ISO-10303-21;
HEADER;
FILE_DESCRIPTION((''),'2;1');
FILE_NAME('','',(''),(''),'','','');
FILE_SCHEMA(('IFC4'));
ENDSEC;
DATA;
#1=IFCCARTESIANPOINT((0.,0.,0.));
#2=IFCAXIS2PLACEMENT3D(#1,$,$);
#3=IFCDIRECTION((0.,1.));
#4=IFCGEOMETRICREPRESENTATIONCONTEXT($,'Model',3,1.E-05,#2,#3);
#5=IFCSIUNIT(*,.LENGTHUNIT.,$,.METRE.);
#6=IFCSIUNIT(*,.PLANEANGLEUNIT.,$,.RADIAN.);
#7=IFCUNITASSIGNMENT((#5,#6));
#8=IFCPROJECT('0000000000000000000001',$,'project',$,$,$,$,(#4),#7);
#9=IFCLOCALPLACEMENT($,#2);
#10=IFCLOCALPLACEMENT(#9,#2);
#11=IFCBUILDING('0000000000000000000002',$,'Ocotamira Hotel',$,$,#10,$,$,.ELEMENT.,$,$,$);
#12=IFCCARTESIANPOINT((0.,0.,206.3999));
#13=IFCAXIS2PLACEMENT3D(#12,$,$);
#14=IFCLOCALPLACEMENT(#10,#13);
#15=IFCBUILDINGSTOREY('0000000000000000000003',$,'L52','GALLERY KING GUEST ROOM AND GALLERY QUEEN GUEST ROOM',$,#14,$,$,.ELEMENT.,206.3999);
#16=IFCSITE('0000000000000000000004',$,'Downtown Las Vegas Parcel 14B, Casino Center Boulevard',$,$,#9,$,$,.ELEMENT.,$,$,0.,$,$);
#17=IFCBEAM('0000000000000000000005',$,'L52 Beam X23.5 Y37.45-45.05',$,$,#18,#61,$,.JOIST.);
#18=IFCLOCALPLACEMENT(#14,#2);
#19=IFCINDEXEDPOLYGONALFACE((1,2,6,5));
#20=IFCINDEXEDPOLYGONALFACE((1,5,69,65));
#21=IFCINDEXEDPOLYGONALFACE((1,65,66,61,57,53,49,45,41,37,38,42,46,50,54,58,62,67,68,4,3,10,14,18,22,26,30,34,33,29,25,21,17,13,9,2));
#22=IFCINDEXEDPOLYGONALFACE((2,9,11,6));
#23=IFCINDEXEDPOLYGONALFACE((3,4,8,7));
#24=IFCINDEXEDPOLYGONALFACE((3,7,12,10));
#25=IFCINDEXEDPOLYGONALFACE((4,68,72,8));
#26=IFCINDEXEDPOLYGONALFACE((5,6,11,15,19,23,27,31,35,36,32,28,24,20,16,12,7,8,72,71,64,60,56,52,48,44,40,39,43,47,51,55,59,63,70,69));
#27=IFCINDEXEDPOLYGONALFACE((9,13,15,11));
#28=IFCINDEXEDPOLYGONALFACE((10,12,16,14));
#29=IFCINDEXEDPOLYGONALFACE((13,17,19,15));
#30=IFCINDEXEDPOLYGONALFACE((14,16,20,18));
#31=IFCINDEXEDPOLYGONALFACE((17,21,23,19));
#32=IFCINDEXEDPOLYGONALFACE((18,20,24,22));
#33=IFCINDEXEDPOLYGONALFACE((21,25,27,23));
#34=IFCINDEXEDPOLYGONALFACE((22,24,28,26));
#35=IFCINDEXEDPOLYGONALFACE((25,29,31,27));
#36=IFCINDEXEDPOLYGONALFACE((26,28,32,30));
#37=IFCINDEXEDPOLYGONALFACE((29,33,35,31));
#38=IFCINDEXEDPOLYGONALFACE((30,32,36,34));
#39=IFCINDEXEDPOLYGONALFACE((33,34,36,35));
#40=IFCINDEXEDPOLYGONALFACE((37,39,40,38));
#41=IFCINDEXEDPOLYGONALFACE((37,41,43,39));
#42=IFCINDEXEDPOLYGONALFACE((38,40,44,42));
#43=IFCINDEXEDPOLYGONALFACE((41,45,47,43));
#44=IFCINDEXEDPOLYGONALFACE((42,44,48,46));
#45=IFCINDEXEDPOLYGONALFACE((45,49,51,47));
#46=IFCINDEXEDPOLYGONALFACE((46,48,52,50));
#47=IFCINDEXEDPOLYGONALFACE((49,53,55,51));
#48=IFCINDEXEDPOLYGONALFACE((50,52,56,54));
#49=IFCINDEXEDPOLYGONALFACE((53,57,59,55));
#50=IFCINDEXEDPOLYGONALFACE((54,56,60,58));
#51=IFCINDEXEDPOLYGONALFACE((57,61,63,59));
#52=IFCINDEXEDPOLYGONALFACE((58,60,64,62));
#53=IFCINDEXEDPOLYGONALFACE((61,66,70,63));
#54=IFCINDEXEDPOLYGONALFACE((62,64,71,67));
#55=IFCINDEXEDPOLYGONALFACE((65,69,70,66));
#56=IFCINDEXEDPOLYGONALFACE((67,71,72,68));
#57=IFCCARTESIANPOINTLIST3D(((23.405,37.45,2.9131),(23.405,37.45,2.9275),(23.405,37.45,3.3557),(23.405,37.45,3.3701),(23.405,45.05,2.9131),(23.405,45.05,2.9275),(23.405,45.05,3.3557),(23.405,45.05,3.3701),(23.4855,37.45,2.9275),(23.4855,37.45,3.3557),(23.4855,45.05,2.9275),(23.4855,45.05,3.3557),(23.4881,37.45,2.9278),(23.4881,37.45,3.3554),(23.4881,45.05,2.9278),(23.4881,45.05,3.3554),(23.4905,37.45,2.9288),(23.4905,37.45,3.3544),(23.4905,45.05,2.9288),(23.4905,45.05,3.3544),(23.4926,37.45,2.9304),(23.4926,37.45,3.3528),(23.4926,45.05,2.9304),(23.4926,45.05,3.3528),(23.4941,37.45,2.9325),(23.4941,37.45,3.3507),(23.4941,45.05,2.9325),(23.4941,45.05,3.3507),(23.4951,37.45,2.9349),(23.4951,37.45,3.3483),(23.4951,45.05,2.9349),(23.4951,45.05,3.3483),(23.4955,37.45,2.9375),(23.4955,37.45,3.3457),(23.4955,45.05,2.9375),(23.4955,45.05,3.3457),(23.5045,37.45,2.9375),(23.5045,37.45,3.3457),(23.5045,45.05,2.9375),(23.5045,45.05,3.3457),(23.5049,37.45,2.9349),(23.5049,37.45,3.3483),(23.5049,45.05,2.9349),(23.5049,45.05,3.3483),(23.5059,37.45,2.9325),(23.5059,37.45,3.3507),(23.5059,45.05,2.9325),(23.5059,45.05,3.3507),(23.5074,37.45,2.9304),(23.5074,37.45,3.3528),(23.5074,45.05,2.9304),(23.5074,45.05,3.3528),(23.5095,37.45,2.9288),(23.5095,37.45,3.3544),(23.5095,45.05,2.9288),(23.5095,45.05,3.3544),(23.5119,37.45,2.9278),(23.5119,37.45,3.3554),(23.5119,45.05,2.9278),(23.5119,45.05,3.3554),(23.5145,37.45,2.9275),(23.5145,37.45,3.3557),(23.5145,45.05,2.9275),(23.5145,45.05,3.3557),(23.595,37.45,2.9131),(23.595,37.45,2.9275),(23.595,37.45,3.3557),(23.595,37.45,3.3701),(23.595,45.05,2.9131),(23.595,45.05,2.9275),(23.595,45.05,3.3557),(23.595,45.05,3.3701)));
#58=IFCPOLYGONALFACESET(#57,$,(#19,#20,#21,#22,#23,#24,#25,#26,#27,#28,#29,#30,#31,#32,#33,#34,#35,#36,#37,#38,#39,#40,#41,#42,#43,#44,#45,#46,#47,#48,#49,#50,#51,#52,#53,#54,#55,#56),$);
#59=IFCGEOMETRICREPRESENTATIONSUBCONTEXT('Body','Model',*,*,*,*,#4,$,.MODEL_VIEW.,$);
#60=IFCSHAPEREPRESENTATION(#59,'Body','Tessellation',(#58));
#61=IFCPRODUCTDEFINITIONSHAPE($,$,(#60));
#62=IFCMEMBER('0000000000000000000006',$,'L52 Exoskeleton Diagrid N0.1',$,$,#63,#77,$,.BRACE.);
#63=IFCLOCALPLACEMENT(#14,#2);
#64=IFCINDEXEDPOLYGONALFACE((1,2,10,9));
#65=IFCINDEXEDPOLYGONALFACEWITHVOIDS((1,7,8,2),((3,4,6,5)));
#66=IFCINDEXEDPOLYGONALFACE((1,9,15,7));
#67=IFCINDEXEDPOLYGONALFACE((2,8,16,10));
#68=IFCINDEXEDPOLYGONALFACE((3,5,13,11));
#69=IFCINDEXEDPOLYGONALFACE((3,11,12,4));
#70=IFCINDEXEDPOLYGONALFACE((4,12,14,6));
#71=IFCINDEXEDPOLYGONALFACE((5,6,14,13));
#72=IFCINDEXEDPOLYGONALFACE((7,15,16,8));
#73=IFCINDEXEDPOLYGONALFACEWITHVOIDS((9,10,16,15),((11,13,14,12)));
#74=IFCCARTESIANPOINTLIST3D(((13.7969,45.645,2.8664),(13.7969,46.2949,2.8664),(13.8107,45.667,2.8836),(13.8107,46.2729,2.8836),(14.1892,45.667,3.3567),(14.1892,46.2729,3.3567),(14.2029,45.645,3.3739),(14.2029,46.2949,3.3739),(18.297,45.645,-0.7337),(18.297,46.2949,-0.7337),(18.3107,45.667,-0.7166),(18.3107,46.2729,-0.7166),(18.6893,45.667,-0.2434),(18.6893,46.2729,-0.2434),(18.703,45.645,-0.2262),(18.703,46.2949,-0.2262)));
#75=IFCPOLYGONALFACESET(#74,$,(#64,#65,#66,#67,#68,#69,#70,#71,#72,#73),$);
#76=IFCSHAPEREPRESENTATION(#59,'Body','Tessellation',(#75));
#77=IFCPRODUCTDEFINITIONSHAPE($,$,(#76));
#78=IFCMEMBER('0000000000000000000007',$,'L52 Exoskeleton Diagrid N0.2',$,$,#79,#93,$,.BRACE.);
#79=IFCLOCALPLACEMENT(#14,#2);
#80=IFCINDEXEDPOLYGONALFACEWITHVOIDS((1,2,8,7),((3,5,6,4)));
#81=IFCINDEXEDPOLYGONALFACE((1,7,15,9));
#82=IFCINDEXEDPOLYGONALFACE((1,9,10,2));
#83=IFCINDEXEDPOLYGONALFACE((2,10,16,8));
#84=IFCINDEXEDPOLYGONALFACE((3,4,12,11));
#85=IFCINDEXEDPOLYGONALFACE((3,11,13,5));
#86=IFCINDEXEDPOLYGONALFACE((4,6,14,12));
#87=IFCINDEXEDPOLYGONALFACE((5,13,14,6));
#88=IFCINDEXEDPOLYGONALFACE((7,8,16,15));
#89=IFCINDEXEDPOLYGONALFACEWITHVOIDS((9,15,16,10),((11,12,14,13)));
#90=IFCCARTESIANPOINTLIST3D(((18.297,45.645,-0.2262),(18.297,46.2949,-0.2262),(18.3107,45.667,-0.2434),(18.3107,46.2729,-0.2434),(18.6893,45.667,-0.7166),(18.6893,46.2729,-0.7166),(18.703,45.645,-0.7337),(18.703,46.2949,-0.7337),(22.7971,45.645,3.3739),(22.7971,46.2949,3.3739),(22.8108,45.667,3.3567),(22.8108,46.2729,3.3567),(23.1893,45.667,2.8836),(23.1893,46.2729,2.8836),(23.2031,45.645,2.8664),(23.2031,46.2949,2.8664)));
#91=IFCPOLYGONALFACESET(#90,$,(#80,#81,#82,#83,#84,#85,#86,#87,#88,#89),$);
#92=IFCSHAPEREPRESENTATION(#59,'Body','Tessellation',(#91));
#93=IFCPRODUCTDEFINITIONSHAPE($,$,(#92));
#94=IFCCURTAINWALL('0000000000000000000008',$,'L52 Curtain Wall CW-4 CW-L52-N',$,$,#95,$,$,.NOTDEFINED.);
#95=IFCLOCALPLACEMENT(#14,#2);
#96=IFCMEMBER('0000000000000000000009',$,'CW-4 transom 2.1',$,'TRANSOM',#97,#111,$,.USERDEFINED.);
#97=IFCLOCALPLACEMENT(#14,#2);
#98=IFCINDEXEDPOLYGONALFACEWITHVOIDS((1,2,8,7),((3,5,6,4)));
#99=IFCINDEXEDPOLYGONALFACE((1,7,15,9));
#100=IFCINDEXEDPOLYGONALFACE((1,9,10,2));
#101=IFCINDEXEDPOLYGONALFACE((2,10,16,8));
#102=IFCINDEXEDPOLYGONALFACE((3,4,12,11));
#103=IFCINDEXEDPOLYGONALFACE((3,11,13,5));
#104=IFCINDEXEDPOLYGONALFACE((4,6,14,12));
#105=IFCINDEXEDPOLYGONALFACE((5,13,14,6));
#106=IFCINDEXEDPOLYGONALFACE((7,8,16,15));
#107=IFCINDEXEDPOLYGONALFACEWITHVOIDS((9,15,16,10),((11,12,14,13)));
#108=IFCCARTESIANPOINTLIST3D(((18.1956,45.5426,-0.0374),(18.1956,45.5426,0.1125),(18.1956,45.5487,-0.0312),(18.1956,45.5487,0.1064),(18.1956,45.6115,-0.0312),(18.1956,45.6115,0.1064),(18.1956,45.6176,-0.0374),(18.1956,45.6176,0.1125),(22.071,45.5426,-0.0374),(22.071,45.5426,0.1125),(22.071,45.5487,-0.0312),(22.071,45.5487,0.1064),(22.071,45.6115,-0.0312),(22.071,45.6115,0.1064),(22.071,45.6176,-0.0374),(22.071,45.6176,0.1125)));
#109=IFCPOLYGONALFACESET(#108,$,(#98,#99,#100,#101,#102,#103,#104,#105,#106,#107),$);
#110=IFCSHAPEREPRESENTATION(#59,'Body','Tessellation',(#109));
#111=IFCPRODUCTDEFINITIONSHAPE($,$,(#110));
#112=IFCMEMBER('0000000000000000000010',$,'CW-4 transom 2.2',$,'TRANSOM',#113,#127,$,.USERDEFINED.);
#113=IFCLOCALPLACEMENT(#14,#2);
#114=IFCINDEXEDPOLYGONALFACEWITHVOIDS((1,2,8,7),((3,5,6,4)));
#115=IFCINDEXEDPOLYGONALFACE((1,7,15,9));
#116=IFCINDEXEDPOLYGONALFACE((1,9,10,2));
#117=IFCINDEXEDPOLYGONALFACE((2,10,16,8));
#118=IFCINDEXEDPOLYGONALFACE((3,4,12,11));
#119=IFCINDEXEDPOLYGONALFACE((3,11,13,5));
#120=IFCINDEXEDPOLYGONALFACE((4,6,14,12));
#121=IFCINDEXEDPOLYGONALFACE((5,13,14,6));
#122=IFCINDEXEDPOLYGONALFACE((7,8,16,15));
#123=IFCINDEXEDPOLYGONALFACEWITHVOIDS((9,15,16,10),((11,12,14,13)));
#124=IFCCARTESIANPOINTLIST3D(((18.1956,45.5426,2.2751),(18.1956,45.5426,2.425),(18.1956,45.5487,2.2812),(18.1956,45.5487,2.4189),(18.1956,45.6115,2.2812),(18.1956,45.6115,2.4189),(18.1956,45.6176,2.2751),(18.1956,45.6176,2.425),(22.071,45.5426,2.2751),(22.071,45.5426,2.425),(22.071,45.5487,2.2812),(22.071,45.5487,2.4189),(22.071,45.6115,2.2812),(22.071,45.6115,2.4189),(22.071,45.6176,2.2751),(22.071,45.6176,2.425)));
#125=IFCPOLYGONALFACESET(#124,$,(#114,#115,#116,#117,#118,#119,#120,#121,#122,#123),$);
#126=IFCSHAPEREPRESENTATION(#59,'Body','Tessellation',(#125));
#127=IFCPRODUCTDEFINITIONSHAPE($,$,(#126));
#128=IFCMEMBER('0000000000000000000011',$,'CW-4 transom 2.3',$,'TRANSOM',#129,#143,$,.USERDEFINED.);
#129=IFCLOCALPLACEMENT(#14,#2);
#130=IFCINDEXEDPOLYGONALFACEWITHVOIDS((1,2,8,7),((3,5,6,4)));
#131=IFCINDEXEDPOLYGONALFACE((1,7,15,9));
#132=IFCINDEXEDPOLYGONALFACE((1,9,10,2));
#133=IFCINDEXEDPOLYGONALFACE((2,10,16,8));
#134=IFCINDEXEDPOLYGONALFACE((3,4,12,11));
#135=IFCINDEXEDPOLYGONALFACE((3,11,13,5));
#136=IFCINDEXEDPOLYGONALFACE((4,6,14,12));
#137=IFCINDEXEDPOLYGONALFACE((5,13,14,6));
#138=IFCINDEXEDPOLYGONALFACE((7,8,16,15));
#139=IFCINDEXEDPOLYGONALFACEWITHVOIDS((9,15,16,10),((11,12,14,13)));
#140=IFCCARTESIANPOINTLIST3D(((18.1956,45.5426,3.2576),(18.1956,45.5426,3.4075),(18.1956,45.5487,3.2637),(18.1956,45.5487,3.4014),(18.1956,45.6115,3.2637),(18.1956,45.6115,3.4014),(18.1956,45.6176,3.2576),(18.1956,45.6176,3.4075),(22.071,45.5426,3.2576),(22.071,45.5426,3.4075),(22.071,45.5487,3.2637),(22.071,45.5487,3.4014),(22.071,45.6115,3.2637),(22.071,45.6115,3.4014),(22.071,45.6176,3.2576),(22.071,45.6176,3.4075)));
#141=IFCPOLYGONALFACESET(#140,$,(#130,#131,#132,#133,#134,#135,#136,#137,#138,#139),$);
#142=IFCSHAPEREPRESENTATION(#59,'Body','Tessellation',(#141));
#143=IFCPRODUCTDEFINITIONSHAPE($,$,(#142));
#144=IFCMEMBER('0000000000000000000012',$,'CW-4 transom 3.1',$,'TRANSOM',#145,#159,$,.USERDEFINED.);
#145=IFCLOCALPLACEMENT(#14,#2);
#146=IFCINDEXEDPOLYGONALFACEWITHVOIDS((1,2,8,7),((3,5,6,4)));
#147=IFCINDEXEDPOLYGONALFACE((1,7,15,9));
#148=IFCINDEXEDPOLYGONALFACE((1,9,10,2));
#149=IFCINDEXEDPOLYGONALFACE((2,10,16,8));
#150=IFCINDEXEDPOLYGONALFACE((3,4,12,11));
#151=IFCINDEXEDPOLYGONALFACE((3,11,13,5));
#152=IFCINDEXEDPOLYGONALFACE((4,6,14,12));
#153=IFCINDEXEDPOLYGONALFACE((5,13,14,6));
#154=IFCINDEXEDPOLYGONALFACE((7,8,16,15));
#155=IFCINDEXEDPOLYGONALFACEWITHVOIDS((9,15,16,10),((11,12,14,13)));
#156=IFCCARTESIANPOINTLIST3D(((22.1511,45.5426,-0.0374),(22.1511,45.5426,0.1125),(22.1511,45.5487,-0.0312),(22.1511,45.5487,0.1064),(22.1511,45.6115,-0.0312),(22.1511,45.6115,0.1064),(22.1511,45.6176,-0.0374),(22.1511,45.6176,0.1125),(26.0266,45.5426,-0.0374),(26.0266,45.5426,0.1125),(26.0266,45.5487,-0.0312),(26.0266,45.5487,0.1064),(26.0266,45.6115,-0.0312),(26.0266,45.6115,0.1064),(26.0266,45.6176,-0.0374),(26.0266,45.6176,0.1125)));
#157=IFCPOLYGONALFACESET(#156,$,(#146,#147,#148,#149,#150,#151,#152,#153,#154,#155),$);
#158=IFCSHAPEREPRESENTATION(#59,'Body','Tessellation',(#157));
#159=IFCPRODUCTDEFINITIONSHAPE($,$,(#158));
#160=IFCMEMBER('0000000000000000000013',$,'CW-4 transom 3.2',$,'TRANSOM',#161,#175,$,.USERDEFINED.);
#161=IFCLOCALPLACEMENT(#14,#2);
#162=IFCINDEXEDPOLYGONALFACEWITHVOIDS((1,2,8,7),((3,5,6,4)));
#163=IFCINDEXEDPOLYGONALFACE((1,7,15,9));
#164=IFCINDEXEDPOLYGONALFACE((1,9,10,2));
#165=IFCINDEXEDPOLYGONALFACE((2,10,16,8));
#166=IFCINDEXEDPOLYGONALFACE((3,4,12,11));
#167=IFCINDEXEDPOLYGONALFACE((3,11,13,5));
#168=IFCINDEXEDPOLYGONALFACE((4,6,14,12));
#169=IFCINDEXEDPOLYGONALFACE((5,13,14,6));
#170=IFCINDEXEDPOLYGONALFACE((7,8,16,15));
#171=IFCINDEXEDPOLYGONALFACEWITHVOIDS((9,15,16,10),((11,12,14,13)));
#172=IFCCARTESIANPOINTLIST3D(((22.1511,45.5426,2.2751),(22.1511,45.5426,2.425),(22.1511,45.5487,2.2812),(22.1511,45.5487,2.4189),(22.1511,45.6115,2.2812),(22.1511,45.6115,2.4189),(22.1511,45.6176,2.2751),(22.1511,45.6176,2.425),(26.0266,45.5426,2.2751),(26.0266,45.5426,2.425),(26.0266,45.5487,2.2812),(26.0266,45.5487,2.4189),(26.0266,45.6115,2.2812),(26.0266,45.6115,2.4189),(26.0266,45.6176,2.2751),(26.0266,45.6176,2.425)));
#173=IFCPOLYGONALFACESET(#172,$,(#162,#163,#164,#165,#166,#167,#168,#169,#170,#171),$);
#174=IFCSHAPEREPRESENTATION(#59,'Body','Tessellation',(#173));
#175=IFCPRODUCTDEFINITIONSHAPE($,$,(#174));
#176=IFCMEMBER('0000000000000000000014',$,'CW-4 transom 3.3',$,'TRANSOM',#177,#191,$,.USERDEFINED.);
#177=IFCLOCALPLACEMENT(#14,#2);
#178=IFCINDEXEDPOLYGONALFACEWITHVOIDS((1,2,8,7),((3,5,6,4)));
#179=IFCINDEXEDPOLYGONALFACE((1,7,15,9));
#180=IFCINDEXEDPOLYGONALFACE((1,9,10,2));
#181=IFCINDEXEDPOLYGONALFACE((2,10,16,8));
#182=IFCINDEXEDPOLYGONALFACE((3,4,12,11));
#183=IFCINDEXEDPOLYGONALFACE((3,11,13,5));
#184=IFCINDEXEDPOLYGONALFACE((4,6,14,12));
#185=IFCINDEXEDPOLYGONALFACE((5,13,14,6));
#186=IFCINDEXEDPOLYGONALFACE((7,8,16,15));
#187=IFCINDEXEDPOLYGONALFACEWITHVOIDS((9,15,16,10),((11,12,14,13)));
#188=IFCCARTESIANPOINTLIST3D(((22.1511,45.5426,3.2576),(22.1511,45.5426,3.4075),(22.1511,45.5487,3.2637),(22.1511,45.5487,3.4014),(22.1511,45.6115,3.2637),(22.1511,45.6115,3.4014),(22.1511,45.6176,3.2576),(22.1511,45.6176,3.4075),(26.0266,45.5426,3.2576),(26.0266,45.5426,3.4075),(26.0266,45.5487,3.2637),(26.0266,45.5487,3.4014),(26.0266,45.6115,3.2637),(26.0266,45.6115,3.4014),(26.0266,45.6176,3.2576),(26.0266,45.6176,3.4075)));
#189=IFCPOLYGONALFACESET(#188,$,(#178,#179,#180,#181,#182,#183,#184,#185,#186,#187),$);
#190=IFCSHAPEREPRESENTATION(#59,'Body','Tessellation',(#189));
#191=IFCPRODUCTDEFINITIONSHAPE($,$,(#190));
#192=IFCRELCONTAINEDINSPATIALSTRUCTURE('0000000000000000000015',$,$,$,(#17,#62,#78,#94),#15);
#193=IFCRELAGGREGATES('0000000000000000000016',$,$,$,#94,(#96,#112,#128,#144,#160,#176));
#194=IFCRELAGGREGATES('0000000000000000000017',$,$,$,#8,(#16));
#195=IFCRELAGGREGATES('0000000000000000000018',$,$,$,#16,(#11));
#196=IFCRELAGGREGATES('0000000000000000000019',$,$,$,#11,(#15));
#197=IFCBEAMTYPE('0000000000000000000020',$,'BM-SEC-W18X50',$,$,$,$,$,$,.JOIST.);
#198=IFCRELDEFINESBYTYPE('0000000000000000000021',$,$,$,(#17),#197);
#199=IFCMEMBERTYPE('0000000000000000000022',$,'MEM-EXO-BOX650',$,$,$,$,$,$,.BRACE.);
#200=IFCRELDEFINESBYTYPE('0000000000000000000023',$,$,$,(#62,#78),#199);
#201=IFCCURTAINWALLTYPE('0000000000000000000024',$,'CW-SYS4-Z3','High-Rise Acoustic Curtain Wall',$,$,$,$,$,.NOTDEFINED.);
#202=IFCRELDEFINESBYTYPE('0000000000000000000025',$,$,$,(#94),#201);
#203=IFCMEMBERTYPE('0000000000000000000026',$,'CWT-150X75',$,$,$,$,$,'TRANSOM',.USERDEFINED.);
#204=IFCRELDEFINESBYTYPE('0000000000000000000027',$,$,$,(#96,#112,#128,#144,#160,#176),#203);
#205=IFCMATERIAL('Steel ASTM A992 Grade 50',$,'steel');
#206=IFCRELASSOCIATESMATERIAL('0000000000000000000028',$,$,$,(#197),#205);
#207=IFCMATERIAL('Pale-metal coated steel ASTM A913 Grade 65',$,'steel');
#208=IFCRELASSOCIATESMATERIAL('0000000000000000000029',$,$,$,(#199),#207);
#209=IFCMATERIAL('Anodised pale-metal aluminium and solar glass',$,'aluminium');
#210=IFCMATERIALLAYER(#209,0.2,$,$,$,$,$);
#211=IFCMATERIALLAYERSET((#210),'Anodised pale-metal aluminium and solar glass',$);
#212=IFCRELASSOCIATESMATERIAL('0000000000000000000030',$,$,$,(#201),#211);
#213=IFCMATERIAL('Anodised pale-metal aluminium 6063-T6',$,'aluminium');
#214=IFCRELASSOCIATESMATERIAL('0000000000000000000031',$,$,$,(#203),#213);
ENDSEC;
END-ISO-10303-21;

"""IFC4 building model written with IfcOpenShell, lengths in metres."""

from ifc_helpers import new_model, si_unit, direction, frame, origin, origin_2d, place, context, subcontext, project, spatial, hollow_rectangle, i_section, extrude, source, transform, mapped, material, layer, layer_set, material_profile, profile_set, type_object, element, aggregate, save


model = new_model("IFC4")

# Units and contexts
model_context = context("Model", 3, precision=1e-05, world=origin(), true_north=direction((0.0, 1.0)))
body_context = subcontext(model_context, "Body", "Model", "MODEL_VIEW")
ifc_project = project(units=[si_unit("LENGTHUNIT", "METRE"), si_unit("PLANEANGLEUNIT", "RADIAN")], contexts=[model_context])

# Site, building, storey
site_placement = place(None, origin())
site = spatial("IfcSite", under=ifc_project, at=site_placement, Name="Downtown Las Vegas Parcel 14B, Casino Center Boulevard", CompositionType="ELEMENT", RefElevation=0.0)
building_placement = place(site_placement, origin())
building = spatial("IfcBuilding", under=site, at=building_placement, Name="Ocotamira Hotel", CompositionType="ELEMENT")
storey_placement = place(building_placement, frame((0.0, 0.0, 206.3999)))
storey = spatial("IfcBuildingStorey", under=building, at=storey_placement, Name="L52", Description="GALLERY KING GUEST ROOM AND GALLERY QUEEN GUEST ROOM", CompositionType="ELEMENT", Elevation=206.3999)

# Beam
ifc_material_1 = material(Name="Steel ASTM A992 Grade 50", Category="steel")
ifc_material_profile_1 = material_profile(ifc_material_1, i_section(OverallWidth=0.1899, OverallDepth=0.457, WebThickness=0.009, FlangeThickness=0.0144, FilletRadius=0.01, at=origin_2d()), Name="W18X50")
ifc_profile_set_1 = profile_set([ifc_material_profile_1], Name="Steel ASTM A992 Grade 50")
beam_type_1 = type_object("IfcBeamType", Name="BM-SEC-W18X50", PredefinedType="JOIST", material=ifc_profile_set_1)
shared_shape_1 = source(origin(), body_context, "Body", "SweptSolid", [
    extrude(i_section(OverallWidth=0.1899, OverallDepth=0.457, WebThickness=0.009, FlangeThickness=0.0144, FilletRadius=0.01, at=origin_2d()), origin(), (0.0, 0.0, 1.0), 7.6001),
])
beam_1_placement = place(storey_placement, frame((23.5, 37.45, 3.1416), z_axis=(0.0, 1.0, 0.0), x_axis=(-1.0, 0.0, 0.0)))
element("IfcBeam", 1, at=beam_1_placement, inside=storey, type_object=beam_type_1, Name="L52 Beam X23.5 Y37.45-45.05", PredefinedType="JOIST", context=body_context, shape_type="MappedRepresentation", body=[
    mapped(shared_shape_1, transform((0.0, 0.0, 0.0), scale=1.0)),
])

# Members
ifc_material_2 = material(Name="Pale-metal coated steel ASTM A913 Grade 65", Category="steel")
ifc_material_profile_2 = material_profile(ifc_material_2, hollow_rectangle(XDim=0.6499, YDim=0.6499, WallThickness=0.022, at=origin_2d()), Name="BOX650X650X22")
ifc_profile_set_2 = profile_set([ifc_material_profile_2], Name="Pale-metal coated steel ASTM A913 Grade 65")
member_type_1 = type_object("IfcMemberType", Name="MEM-EXO-BOX650", PredefinedType="BRACE", material=ifc_profile_set_2)
shared_shape_2 = source(origin(), body_context, "Body", "SweptSolid", [
    extrude(hollow_rectangle(XDim=0.6499, YDim=0.6499, WallThickness=0.022, at=origin_2d()), origin(), (0.0, 0.0, 1.0), 5.7629),
])
for number, where, z_axis, x_axis, name in (
    (2, (18.5, 45.97, -0.48), (-0.780861, 0.0, 0.624705), (0.0, -1.0, 0.0), "L52 Exoskeleton Diagrid N0.1"),
    (3, (18.5, 45.97, -0.48), (0.780861, 0.0, 0.624705), (0.0, 1.0, 0.0), "L52 Exoskeleton Diagrid N0.2"),
):
    element("IfcMember", number, at=place(storey_placement, frame(where, z_axis=z_axis, x_axis=x_axis)), inside=storey, type_object=member_type_1, Name=name, PredefinedType="BRACE", context=body_context, shape_type="MappedRepresentation", body=[
        mapped(shared_shape_2, transform((0.0, 0.0, 0.0), scale=1.0)),
    ])

# Curtain wall, members
ifc_material_3 = material(Name="Anodised pale-metal aluminium and solar glass", Category="aluminium")
ifc_layer_1 = layer(ifc_material_3, 0.2)
ifc_layer_set_1 = layer_set([ifc_layer_1], Name="Anodised pale-metal aluminium and solar glass")
curtain_wall_type = type_object("IfcCurtainWallType", Name="CW-SYS4-Z3", Description="High-Rise Acoustic Curtain Wall", PredefinedType="NOTDEFINED", material=ifc_layer_set_1)
curtain_wall_placement = place(storey_placement, origin())
curtain_wall = element("IfcCurtainWall", 4, at=curtain_wall_placement, inside=storey, type_object=curtain_wall_type, Name="L52 Curtain Wall CW-4 CW-L52-N", PredefinedType="NOTDEFINED")
ifc_material_4 = material(Name="Anodised pale-metal aluminium 6063-T6", Category="aluminium")
ifc_material_profile_3 = material_profile(ifc_material_4, hollow_rectangle(XDim=0.075, YDim=0.1499, WallThickness=0.0061, at=origin_2d()), Name="HSS150X75X6")
ifc_profile_set_3 = profile_set([ifc_material_profile_3], Name="Anodised pale-metal aluminium 6063-T6")
member_type_2 = type_object("IfcMemberType", Name="CWT-150X75", ElementType="TRANSOM", PredefinedType="USERDEFINED", material=ifc_profile_set_3)
shared_shape_3 = source(origin(), body_context, "Body", "SweptSolid", [
    extrude(hollow_rectangle(XDim=0.075, YDim=0.1499, WallThickness=0.0061, at=origin_2d()), origin(), (0.0, 0.0, 1.0), 3.8755),
])
member_1_placement = place(storey_placement, frame((18.1956, 45.5801, 0.0376), z_axis=(1.0, 0.0, 0.0), x_axis=(0.0, 1.0, 0.0)))
member_1 = element("IfcMember", 5, at=member_1_placement, type_object=member_type_2, Name="CW-4 transom 2.1", ObjectType="TRANSOM", PredefinedType="USERDEFINED", context=body_context, shape_type="MappedRepresentation", body=[
    mapped(shared_shape_3, transform((0.0, 0.0, 0.0), scale=1.0)),
])
member_2_placement = place(storey_placement, frame((18.1956, 45.5801, 2.3501), z_axis=(1.0, 0.0, 0.0), x_axis=(0.0, 1.0, 0.0)))
member_2 = element("IfcMember", 6, at=member_2_placement, type_object=member_type_2, Name="CW-4 transom 2.2", ObjectType="TRANSOM", PredefinedType="USERDEFINED", context=body_context, shape_type="MappedRepresentation", body=[
    mapped(shared_shape_3, transform((0.0, 0.0, 0.0), scale=1.0)),
])
member_3_placement = place(storey_placement, frame((18.1956, 45.5801, 3.3325), z_axis=(1.0, 0.0, 0.0), x_axis=(0.0, 1.0, 0.0)))
member_3 = element("IfcMember", 7, at=member_3_placement, type_object=member_type_2, Name="CW-4 transom 2.3", ObjectType="TRANSOM", PredefinedType="USERDEFINED", context=body_context, shape_type="MappedRepresentation", body=[
    mapped(shared_shape_3, transform((0.0, 0.0, 0.0), scale=1.0)),
])
member_4_placement = place(storey_placement, frame((22.1511, 45.5801, 0.0376), z_axis=(1.0, 0.0, 0.0), x_axis=(0.0, 1.0, 0.0)))
member_4 = element("IfcMember", 8, at=member_4_placement, type_object=member_type_2, Name="CW-4 transom 3.1", ObjectType="TRANSOM", PredefinedType="USERDEFINED", context=body_context, shape_type="MappedRepresentation", body=[
    mapped(shared_shape_3, transform((0.0, 0.0, 0.0), scale=1.0)),
])
member_5_placement = place(storey_placement, frame((22.1511, 45.5801, 2.3501), z_axis=(1.0, 0.0, 0.0), x_axis=(0.0, 1.0, 0.0)))
member_5 = element("IfcMember", 9, at=member_5_placement, type_object=member_type_2, Name="CW-4 transom 3.2", ObjectType="TRANSOM", PredefinedType="USERDEFINED", context=body_context, shape_type="MappedRepresentation", body=[
    mapped(shared_shape_3, transform((0.0, 0.0, 0.0), scale=1.0)),
])
member_6_placement = place(storey_placement, frame((22.1511, 45.5801, 3.3325), z_axis=(1.0, 0.0, 0.0), x_axis=(0.0, 1.0, 0.0)))
member_6 = element("IfcMember", 10, at=member_6_placement, type_object=member_type_2, Name="CW-4 transom 3.3", ObjectType="TRANSOM", PredefinedType="USERDEFINED", context=body_context, shape_type="MappedRepresentation", body=[
    mapped(shared_shape_3, transform((0.0, 0.0, 0.0), scale=1.0)),
])

aggregate(curtain_wall, [member_1, member_2, member_3, member_4, member_5, member_6])

save(model, "model.ifc")
